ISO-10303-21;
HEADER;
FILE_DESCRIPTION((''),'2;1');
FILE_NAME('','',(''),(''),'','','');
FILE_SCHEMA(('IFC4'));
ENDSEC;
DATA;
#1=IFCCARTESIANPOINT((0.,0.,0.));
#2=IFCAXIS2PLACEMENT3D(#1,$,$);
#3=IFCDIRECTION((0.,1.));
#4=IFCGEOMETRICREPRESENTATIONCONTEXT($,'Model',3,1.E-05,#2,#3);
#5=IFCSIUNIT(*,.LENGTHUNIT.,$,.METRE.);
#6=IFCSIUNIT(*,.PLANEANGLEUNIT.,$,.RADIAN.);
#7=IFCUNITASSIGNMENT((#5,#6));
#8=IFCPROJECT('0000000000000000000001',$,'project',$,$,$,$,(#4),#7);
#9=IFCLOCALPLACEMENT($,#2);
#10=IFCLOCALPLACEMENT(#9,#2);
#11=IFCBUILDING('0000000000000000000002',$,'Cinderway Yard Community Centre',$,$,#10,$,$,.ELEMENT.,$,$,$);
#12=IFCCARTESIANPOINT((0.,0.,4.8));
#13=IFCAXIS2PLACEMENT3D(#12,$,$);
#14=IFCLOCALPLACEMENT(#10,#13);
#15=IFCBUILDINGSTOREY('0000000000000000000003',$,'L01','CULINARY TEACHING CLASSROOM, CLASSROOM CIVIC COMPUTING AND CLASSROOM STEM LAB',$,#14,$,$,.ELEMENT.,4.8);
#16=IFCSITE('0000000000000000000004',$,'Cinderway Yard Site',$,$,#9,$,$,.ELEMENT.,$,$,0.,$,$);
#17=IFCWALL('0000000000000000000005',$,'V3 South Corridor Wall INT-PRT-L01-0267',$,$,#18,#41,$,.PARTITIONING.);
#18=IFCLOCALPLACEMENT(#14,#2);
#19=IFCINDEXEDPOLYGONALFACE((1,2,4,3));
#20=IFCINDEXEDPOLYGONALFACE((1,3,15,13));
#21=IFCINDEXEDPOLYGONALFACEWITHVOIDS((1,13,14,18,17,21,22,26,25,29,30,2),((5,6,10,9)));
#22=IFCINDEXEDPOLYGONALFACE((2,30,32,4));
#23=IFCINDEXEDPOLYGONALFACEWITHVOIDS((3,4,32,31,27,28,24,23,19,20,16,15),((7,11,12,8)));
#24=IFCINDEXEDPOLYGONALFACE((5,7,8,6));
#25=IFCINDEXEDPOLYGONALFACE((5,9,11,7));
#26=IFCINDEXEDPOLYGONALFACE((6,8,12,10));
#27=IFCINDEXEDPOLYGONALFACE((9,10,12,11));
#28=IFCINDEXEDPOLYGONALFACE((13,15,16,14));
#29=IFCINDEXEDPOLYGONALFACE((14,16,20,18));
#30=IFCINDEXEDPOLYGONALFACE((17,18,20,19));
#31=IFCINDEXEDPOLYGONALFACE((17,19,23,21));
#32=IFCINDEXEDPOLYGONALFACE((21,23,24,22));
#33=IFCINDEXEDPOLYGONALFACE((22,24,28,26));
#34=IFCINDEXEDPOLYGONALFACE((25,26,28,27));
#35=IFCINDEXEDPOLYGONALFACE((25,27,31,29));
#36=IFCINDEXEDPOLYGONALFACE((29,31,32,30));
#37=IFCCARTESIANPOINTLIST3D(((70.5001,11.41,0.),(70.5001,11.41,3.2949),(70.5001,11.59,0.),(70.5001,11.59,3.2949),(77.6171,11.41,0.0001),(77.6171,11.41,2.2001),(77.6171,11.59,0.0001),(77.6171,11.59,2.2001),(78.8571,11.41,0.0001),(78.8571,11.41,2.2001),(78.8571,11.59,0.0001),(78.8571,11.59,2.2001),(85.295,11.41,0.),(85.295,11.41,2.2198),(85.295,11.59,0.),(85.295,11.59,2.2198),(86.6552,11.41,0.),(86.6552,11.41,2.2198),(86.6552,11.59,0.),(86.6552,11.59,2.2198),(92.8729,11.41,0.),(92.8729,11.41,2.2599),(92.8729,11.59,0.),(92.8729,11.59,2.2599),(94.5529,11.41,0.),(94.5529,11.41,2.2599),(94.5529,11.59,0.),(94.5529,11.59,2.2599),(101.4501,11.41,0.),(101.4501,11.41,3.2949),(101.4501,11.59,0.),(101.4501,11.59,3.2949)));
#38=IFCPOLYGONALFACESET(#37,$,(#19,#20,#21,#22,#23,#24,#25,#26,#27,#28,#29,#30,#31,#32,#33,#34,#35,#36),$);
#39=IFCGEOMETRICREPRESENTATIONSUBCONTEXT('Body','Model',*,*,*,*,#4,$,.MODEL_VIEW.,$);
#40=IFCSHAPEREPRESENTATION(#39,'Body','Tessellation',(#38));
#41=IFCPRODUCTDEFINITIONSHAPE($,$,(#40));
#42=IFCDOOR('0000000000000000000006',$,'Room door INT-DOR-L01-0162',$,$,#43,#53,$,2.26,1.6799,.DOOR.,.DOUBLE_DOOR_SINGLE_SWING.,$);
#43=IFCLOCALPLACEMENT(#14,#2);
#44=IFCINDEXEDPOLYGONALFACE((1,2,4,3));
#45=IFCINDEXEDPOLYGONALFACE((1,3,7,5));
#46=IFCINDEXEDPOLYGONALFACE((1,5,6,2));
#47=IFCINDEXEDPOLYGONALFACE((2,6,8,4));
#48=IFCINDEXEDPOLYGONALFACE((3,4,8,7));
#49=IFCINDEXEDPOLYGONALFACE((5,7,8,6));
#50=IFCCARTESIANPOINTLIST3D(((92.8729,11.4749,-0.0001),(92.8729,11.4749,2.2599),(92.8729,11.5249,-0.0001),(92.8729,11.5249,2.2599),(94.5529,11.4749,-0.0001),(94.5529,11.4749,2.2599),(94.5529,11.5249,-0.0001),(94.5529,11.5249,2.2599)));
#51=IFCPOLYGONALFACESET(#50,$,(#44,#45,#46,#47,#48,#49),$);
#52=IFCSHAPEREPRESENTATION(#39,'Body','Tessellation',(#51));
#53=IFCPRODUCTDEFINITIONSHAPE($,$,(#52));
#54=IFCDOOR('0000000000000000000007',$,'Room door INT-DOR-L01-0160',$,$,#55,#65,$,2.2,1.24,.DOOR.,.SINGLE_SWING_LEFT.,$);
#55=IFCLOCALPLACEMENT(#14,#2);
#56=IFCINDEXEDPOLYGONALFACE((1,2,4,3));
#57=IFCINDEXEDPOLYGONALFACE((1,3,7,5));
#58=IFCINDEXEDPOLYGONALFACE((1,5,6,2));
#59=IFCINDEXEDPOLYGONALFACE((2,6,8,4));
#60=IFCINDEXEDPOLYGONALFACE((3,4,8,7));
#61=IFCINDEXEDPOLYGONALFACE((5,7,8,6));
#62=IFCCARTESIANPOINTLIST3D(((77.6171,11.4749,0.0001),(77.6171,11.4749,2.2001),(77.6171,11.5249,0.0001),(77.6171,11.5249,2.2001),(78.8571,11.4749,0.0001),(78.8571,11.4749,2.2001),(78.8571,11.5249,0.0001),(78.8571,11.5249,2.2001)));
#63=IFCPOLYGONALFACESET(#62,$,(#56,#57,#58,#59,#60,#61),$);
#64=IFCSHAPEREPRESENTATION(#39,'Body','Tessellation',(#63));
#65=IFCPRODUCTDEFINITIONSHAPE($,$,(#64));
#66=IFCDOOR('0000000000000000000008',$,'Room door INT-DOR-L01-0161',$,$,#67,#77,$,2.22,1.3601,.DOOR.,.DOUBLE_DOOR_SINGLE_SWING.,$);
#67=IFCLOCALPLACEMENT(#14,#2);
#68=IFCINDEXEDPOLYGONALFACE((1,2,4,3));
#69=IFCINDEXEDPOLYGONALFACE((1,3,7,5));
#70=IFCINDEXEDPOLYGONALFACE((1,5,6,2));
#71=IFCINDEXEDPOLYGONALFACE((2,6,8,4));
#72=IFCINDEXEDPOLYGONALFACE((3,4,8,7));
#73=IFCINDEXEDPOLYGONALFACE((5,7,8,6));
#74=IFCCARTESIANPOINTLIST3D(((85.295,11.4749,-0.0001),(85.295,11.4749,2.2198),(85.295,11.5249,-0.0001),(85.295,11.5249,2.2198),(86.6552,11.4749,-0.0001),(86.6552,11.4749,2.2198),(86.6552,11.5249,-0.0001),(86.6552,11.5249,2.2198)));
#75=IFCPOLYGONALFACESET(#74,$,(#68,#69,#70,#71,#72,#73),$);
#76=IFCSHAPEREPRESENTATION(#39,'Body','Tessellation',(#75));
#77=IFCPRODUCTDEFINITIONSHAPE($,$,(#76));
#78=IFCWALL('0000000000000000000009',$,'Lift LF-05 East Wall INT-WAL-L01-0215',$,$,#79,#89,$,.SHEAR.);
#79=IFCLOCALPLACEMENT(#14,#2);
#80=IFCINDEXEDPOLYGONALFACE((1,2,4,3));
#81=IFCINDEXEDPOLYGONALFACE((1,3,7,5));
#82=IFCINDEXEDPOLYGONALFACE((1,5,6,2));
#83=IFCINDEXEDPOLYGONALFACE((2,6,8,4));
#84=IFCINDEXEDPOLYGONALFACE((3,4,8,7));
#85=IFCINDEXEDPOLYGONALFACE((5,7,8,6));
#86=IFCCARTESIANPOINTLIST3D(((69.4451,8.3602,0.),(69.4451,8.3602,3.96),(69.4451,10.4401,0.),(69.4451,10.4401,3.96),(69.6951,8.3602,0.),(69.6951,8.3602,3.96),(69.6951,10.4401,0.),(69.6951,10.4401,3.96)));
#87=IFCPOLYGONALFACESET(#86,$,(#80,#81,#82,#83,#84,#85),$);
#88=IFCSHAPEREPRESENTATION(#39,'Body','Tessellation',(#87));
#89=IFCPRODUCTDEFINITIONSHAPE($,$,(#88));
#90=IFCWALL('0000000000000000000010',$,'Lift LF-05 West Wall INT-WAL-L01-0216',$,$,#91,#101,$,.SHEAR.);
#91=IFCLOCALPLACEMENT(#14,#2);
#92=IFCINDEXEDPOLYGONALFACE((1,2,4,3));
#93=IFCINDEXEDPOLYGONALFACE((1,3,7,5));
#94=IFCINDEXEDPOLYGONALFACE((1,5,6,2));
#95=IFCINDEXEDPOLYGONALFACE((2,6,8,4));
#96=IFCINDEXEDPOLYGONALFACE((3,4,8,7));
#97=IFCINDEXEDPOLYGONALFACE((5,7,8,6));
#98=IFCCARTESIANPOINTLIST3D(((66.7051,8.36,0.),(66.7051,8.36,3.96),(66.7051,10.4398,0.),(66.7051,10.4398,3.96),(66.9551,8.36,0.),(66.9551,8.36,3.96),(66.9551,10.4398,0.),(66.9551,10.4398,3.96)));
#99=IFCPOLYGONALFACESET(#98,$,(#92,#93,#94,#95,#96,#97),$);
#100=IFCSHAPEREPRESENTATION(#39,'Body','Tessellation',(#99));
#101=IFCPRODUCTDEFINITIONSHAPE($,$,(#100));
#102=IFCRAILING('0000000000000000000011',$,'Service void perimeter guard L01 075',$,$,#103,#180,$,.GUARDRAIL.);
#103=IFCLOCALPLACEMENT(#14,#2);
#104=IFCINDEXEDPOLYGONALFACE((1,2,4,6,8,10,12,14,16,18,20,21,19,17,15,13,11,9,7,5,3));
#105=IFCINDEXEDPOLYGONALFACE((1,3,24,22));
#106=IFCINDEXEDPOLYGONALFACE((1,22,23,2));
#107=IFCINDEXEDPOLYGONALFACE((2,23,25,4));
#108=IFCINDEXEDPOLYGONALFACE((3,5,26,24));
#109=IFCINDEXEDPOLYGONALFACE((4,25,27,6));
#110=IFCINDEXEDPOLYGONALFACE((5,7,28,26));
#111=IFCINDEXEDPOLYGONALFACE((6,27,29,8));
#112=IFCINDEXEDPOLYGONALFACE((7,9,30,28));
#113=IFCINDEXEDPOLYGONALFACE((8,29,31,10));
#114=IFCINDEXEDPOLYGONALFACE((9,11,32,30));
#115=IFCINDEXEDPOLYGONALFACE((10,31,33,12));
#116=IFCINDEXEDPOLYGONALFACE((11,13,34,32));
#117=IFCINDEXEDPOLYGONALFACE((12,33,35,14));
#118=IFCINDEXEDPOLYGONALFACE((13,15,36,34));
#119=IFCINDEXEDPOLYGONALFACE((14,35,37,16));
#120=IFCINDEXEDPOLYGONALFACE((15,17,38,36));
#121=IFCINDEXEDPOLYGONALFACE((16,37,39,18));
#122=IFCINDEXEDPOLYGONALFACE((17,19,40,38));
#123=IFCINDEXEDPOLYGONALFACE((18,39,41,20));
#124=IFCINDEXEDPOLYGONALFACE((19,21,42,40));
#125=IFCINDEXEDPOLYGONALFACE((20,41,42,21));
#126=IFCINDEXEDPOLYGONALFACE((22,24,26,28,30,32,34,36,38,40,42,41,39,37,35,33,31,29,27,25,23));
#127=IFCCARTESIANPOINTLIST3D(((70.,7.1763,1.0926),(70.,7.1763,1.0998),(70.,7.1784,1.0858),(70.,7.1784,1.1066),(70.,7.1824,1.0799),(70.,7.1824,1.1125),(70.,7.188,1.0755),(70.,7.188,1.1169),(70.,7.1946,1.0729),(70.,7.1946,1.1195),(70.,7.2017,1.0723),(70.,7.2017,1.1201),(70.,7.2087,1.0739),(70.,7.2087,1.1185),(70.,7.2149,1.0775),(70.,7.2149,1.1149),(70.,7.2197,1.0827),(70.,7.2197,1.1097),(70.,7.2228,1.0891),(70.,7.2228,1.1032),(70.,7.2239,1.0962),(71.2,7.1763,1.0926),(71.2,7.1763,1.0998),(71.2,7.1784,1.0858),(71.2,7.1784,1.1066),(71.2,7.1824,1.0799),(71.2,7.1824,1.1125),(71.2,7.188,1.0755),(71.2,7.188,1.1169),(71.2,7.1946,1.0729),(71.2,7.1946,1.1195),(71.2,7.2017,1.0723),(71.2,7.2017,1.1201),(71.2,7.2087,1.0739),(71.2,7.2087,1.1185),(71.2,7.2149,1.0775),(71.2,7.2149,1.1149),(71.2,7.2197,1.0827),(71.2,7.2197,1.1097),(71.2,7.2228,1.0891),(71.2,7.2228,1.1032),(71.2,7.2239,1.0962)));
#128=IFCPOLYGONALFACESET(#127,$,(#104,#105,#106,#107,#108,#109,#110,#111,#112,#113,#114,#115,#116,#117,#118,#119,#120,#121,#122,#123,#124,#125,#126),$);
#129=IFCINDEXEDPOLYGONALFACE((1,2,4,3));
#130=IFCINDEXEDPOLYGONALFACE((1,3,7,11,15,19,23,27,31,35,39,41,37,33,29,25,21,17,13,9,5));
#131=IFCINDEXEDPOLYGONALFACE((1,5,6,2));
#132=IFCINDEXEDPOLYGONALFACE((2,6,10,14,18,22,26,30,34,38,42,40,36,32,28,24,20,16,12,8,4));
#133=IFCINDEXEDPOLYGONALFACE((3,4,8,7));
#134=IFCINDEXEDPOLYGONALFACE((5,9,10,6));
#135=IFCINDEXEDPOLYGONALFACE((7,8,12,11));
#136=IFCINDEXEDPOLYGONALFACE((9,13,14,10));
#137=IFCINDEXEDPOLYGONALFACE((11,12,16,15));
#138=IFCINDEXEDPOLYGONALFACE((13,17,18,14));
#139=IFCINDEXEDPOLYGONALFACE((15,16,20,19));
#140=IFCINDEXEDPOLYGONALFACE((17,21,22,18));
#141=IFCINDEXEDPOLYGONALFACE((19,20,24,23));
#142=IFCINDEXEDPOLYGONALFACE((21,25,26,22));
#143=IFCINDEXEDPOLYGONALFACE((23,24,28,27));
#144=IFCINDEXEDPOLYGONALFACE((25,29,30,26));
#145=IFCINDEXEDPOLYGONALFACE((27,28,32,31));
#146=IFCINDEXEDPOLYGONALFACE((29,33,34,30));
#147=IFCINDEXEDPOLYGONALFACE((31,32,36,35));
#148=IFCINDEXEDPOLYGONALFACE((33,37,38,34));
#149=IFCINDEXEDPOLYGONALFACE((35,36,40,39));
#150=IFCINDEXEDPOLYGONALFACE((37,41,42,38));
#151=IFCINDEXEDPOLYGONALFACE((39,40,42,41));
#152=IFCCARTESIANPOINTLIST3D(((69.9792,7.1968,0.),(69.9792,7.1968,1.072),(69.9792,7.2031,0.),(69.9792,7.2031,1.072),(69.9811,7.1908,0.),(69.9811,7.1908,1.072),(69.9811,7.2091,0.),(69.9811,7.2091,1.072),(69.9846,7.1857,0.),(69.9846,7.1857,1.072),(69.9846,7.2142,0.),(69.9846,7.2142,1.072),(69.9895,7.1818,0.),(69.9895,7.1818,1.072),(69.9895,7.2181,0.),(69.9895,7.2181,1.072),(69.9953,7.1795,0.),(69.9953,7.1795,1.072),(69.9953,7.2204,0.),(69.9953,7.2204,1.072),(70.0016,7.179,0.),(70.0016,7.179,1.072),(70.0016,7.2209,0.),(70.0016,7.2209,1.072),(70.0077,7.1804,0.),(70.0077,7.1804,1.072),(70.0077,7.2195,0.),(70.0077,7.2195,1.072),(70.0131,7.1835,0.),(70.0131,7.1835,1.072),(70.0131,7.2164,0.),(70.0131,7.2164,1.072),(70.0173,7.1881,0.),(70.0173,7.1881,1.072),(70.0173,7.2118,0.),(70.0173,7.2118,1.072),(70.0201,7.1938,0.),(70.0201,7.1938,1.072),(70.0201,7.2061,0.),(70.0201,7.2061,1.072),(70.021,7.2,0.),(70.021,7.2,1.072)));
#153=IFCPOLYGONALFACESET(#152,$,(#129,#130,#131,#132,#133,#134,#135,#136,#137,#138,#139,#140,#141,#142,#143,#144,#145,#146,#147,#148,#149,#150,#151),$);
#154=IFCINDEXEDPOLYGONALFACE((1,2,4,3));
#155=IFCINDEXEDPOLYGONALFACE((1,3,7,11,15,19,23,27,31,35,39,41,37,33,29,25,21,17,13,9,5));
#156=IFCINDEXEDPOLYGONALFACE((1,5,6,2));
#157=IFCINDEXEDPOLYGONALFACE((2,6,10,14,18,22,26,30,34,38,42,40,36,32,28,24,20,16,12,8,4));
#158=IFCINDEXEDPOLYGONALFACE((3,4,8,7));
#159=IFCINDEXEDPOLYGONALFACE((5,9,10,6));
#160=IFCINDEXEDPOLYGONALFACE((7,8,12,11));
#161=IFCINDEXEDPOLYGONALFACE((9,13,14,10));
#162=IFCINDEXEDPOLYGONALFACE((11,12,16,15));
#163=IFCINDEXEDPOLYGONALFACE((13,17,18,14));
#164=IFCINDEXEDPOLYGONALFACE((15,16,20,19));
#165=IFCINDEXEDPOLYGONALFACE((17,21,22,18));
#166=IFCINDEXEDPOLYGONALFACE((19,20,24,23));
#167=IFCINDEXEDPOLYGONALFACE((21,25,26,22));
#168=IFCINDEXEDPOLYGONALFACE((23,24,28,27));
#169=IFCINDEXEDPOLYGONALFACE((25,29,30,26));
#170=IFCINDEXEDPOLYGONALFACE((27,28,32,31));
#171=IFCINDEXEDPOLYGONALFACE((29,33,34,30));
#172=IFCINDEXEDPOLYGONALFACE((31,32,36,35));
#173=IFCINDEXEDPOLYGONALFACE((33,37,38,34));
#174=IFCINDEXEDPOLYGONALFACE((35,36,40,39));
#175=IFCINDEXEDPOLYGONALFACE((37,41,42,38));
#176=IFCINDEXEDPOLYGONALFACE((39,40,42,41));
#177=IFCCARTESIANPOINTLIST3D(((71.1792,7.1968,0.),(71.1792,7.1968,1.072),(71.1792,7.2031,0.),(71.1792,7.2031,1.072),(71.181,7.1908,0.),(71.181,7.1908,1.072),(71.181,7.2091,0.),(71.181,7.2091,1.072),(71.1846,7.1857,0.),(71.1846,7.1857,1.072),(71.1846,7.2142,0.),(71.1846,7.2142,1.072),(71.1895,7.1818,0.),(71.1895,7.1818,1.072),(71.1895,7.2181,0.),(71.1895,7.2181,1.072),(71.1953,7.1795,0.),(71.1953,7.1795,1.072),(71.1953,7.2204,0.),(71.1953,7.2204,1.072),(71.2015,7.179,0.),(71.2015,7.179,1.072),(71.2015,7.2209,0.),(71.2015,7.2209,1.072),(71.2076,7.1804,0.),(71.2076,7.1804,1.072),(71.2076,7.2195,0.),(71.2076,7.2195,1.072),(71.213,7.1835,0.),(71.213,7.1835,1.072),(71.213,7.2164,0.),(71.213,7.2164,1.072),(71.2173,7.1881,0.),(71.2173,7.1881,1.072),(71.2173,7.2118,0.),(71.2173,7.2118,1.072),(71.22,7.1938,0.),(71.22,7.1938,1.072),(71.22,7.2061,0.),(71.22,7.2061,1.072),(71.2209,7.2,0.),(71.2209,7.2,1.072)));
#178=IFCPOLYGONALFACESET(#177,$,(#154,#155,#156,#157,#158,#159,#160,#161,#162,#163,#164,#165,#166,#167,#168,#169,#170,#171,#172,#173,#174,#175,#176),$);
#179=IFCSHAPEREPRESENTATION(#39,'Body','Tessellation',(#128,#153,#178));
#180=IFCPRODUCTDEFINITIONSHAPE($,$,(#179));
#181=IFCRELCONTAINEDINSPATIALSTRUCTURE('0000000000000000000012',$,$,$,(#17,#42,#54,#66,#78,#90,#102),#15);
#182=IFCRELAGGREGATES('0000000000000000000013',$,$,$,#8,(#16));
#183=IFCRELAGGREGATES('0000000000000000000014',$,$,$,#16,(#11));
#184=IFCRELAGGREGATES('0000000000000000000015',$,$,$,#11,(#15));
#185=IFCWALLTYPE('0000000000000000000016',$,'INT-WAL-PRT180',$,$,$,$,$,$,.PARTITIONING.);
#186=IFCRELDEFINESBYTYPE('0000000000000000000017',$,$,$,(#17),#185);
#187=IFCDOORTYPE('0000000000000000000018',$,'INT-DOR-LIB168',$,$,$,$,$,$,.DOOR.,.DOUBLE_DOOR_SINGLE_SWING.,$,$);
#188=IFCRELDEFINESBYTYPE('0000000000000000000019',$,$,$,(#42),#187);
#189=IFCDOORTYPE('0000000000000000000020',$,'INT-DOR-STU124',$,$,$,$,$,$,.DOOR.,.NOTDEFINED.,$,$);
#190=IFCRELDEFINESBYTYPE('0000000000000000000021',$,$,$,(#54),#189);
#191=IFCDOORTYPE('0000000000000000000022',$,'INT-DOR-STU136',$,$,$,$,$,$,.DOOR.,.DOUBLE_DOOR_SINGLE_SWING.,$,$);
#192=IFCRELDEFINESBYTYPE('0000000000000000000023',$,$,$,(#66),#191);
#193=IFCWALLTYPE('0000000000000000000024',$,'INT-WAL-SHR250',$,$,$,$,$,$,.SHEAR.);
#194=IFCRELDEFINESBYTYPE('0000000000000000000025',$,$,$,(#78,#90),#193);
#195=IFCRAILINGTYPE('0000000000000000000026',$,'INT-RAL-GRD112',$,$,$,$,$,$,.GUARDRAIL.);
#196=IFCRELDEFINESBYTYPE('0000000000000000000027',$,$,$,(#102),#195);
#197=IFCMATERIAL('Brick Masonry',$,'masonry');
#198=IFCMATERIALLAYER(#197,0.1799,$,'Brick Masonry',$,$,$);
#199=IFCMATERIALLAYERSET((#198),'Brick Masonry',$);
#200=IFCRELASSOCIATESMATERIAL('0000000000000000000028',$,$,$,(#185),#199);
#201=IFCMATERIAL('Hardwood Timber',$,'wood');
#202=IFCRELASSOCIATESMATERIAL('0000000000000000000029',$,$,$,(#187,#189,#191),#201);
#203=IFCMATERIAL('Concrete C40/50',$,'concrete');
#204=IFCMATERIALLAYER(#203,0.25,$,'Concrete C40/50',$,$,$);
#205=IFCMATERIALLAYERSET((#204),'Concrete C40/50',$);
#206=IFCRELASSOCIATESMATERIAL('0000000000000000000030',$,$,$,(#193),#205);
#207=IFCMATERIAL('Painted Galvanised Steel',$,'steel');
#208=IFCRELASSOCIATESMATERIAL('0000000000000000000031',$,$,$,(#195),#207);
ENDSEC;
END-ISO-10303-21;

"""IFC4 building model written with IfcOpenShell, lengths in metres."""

from ifc_helpers import new_model, si_unit, direction, frame, frame_2d, origin, origin_2d, place, context, subcontext, project, spatial, rectangle, circle, extrude, material, layer, layer_set, type_object, element, fill, save


model = new_model("IFC4")

# Units and contexts
model_context = context("Model", 3, precision=1e-05, world=origin(), true_north=direction((0.0, 1.0)))
body_context = subcontext(model_context, "Body", "Model", "MODEL_VIEW")
ifc_project = project(units=[si_unit("LENGTHUNIT", "METRE"), si_unit("PLANEANGLEUNIT", "RADIAN")], contexts=[model_context])

# Site, building, storey
site_placement = place(None, origin())
site = spatial("IfcSite", under=ifc_project, at=site_placement, Name="Cinderway Yard Site", CompositionType="ELEMENT", RefElevation=0.0)
building_placement = place(site_placement, origin())
building = spatial("IfcBuilding", under=site, at=building_placement, Name="Cinderway Yard Community Centre", CompositionType="ELEMENT")
storey_placement = place(building_placement, frame((0.0, 0.0, 4.8)))
storey = spatial("IfcBuildingStorey", under=building, at=storey_placement, Name="L01", Description="CULINARY TEACHING CLASSROOM, CLASSROOM CIVIC COMPUTING AND CLASSROOM STEM LAB", CompositionType="ELEMENT", Elevation=4.8)

# Shared definitions
ifc_material_1 = material(Name="Concrete C40/50", Category="concrete")

# Wall, openings, doors
ifc_material_2 = material(Name="Brick Masonry", Category="masonry")
ifc_layer_1 = layer(ifc_material_2, 0.1799, Name="Brick Masonry")
ifc_layer_set_1 = layer_set([ifc_layer_1], Name="Brick Masonry")
wall_type_1 = type_object("IfcWallType", Name="INT-WAL-PRT180", PredefinedType="PARTITIONING", material=ifc_layer_set_1)
wall_1_placement = place(storey_placement, frame((70.5, 11.5, 0.0), z_axis=(0.0, 0.0, 1.0), x_axis=(1.0, 0.0, 0.0)))
wall_1 = element("IfcWall", 1, at=wall_1_placement, inside=storey, type_object=wall_type_1, Name="V3 South Corridor Wall INT-PRT-L01-0267", PredefinedType="PARTITIONING", context=body_context, shape_type="SweptSolid", body=[
    extrude(rectangle(XDim=30.95, YDim=0.1799, at=frame_2d((15.4751, 0.0))), origin(), (0.0, 0.0, 1.0), 3.2949),
])
opening_1_placement = place(wall_1_placement, frame((7.1169, 0.0, 0.0)))
opening_1 = element("IfcOpeningElement", 2, at=opening_1_placement, cuts=wall_1, PredefinedType="OPENING", context=body_context, shape_type="SweptSolid", body=[
    extrude(rectangle(XDim=1.24, YDim=2.2, at=frame_2d((0.6201, 1.1001))), frame((0.0, 0.0999, 0.0), z_axis=(0.0, -1.0, 0.0), x_axis=(1.0, 0.0, 0.0)), (0.0, 0.0, 1.0), 0.2),
])
opening_2_placement = place(wall_1_placement, frame((14.7949, 0.0, 0.0)))
opening_2 = element("IfcOpeningElement", 3, at=opening_2_placement, cuts=wall_1, PredefinedType="OPENING", context=body_context, shape_type="SweptSolid", body=[
    extrude(rectangle(XDim=1.3601, YDim=2.22, at=frame_2d((0.6802, 1.1099))), frame((0.0, 0.0999, 0.0), z_axis=(0.0, -1.0, 0.0), x_axis=(1.0, 0.0, 0.0)), (0.0, 0.0, 1.0), 0.2),
])
opening_3_placement = place(wall_1_placement, frame((22.373, 0.0, 0.0)))
opening_3 = element("IfcOpeningElement", 4, at=opening_3_placement, cuts=wall_1, PredefinedType="OPENING", context=body_context, shape_type="SweptSolid", body=[
    extrude(rectangle(XDim=1.6799, YDim=2.26, at=frame_2d((0.8398, 1.1299))), frame((0.0, 0.0999, 0.0), z_axis=(0.0, -1.0, 0.0), x_axis=(1.0, 0.0, 0.0)), (0.0, 0.0, 1.0), 0.2),
])
ifc_material_3 = material(Name="Hardwood Timber", Category="wood")
door_type_1 = type_object("IfcDoorType", Name="INT-DOR-LIB168", OperationType="DOUBLE_DOOR_SINGLE_SWING", PredefinedType="DOOR", material=ifc_material_3)
door_1_placement = place(opening_3_placement, origin())
door_1 = element("IfcDoor", 5, at=door_1_placement, inside=storey, type_object=door_type_1, Name="Room door INT-DOR-L01-0162", OperationType="DOUBLE_DOOR_SINGLE_SWING", OverallHeight=2.26, OverallWidth=1.6799, PredefinedType="DOOR", context=body_context, shape_type="SweptSolid", body=[
    extrude(rectangle(XDim=1.6799, YDim=2.26, at=frame_2d((0.8398, 1.1299))), frame((0.0, 0.0249, 0.0), z_axis=(0.0, -1.0, 0.0), x_axis=(1.0, 0.0, 0.0)), (0.0, 0.0, 1.0), 0.05),
])
fill(opening_3, door_1)
door_type_2 = type_object("IfcDoorType", Name="INT-DOR-STU124", OperationType="NOTDEFINED", PredefinedType="DOOR", material=ifc_material_3)
door_2_placement = place(opening_1_placement, origin())
door_2 = element("IfcDoor", 6, at=door_2_placement, inside=storey, type_object=door_type_2, Name="Room door INT-DOR-L01-0160", OperationType="SINGLE_SWING_LEFT", OverallHeight=2.2, OverallWidth=1.24, PredefinedType="DOOR", context=body_context, shape_type="SweptSolid", body=[
    extrude(rectangle(XDim=1.24, YDim=2.2, at=frame_2d((0.6201, 1.1001))), frame((0.0, 0.0249, 0.0), z_axis=(0.0, -1.0, 0.0), x_axis=(1.0, 0.0, 0.0)), (0.0, 0.0, 1.0), 0.05),
])
fill(opening_1, door_2)
door_type_3 = type_object("IfcDoorType", Name="INT-DOR-STU136", OperationType="DOUBLE_DOOR_SINGLE_SWING", PredefinedType="DOOR", material=ifc_material_3)
door_3_placement = place(opening_2_placement, origin())
door_3 = element("IfcDoor", 7, at=door_3_placement, inside=storey, type_object=door_type_3, Name="Room door INT-DOR-L01-0161", OperationType="DOUBLE_DOOR_SINGLE_SWING", OverallHeight=2.22, OverallWidth=1.3601, PredefinedType="DOOR", context=body_context, shape_type="SweptSolid", body=[
    extrude(rectangle(XDim=1.3601, YDim=2.22, at=frame_2d((0.6802, 1.1099))), frame((0.0, 0.0249, 0.0), z_axis=(0.0, -1.0, 0.0), x_axis=(1.0, 0.0, 0.0)), (0.0, 0.0, 1.0), 0.05),
])
fill(opening_2, door_3)

# Shared definitions
ifc_layer_2 = layer(ifc_material_1, 0.25, Name="Concrete C40/50")
ifc_layer_set_2 = layer_set([ifc_layer_2], Name="Concrete C40/50")
wall_type_2 = type_object("IfcWallType", Name="INT-WAL-SHR250", PredefinedType="SHEAR", material=ifc_layer_set_2)
ifc_material_4 = material(Name="Painted Galvanised Steel", Category="steel")

# Walls
for number, where, z_axis, x_axis, name in (
    (8, (69.5701, 8.3601, 0.0), (0.0, 0.0, 1.0), (0.0, 1.0, 0.0), "Lift LF-05 East Wall INT-WAL-L01-0215"),
    (9, (66.8301, 10.4399, 0.0), (0.0, 0.0, 1.0), (0.0, -1.0, 0.0), "Lift LF-05 West Wall INT-WAL-L01-0216"),
):
    element("IfcWall", number, at=place(storey_placement, frame(where, z_axis=z_axis, x_axis=x_axis)), inside=storey, type_object=wall_type_2, Name=name, PredefinedType="SHEAR", context=body_context, shape_type="SweptSolid", body=[
        extrude(rectangle(XDim=2.0798, YDim=0.25, at=frame_2d((1.04, 0.0))), origin(), (0.0, 0.0, 1.0), 3.96),
    ])

# Railing
railing_type = type_object("IfcRailingType", Name="INT-RAL-GRD112", PredefinedType="GUARDRAIL", material=ifc_material_4)
railing_1_placement = place(storey_placement, frame((70.0, 7.2, 0.0)))
element("IfcRailing", 10, at=railing_1_placement, inside=storey, type_object=railing_type, Name="Service void perimeter guard L01 075", PredefinedType="GUARDRAIL", context=body_context, shape_type="SweptSolid", body=[
    extrude(circle(Radius=0.0239, at=origin_2d()), frame((0.0, 0.0, 1.0962), z_axis=(1.0, 0.0, 0.0), x_axis=(0.0, 1.0, 0.0)), (0.0, 0.0, 1.0), 1.2),
    extrude(circle(Radius=0.021, at=origin_2d()), origin(), (0.0, 0.0, 1.0), 1.072),
    extrude(circle(Radius=0.021, at=origin_2d()), frame((1.2, 0.0, 0.0)), (0.0, 0.0, 1.0), 1.072),
])

save(model, "model.ifc")
